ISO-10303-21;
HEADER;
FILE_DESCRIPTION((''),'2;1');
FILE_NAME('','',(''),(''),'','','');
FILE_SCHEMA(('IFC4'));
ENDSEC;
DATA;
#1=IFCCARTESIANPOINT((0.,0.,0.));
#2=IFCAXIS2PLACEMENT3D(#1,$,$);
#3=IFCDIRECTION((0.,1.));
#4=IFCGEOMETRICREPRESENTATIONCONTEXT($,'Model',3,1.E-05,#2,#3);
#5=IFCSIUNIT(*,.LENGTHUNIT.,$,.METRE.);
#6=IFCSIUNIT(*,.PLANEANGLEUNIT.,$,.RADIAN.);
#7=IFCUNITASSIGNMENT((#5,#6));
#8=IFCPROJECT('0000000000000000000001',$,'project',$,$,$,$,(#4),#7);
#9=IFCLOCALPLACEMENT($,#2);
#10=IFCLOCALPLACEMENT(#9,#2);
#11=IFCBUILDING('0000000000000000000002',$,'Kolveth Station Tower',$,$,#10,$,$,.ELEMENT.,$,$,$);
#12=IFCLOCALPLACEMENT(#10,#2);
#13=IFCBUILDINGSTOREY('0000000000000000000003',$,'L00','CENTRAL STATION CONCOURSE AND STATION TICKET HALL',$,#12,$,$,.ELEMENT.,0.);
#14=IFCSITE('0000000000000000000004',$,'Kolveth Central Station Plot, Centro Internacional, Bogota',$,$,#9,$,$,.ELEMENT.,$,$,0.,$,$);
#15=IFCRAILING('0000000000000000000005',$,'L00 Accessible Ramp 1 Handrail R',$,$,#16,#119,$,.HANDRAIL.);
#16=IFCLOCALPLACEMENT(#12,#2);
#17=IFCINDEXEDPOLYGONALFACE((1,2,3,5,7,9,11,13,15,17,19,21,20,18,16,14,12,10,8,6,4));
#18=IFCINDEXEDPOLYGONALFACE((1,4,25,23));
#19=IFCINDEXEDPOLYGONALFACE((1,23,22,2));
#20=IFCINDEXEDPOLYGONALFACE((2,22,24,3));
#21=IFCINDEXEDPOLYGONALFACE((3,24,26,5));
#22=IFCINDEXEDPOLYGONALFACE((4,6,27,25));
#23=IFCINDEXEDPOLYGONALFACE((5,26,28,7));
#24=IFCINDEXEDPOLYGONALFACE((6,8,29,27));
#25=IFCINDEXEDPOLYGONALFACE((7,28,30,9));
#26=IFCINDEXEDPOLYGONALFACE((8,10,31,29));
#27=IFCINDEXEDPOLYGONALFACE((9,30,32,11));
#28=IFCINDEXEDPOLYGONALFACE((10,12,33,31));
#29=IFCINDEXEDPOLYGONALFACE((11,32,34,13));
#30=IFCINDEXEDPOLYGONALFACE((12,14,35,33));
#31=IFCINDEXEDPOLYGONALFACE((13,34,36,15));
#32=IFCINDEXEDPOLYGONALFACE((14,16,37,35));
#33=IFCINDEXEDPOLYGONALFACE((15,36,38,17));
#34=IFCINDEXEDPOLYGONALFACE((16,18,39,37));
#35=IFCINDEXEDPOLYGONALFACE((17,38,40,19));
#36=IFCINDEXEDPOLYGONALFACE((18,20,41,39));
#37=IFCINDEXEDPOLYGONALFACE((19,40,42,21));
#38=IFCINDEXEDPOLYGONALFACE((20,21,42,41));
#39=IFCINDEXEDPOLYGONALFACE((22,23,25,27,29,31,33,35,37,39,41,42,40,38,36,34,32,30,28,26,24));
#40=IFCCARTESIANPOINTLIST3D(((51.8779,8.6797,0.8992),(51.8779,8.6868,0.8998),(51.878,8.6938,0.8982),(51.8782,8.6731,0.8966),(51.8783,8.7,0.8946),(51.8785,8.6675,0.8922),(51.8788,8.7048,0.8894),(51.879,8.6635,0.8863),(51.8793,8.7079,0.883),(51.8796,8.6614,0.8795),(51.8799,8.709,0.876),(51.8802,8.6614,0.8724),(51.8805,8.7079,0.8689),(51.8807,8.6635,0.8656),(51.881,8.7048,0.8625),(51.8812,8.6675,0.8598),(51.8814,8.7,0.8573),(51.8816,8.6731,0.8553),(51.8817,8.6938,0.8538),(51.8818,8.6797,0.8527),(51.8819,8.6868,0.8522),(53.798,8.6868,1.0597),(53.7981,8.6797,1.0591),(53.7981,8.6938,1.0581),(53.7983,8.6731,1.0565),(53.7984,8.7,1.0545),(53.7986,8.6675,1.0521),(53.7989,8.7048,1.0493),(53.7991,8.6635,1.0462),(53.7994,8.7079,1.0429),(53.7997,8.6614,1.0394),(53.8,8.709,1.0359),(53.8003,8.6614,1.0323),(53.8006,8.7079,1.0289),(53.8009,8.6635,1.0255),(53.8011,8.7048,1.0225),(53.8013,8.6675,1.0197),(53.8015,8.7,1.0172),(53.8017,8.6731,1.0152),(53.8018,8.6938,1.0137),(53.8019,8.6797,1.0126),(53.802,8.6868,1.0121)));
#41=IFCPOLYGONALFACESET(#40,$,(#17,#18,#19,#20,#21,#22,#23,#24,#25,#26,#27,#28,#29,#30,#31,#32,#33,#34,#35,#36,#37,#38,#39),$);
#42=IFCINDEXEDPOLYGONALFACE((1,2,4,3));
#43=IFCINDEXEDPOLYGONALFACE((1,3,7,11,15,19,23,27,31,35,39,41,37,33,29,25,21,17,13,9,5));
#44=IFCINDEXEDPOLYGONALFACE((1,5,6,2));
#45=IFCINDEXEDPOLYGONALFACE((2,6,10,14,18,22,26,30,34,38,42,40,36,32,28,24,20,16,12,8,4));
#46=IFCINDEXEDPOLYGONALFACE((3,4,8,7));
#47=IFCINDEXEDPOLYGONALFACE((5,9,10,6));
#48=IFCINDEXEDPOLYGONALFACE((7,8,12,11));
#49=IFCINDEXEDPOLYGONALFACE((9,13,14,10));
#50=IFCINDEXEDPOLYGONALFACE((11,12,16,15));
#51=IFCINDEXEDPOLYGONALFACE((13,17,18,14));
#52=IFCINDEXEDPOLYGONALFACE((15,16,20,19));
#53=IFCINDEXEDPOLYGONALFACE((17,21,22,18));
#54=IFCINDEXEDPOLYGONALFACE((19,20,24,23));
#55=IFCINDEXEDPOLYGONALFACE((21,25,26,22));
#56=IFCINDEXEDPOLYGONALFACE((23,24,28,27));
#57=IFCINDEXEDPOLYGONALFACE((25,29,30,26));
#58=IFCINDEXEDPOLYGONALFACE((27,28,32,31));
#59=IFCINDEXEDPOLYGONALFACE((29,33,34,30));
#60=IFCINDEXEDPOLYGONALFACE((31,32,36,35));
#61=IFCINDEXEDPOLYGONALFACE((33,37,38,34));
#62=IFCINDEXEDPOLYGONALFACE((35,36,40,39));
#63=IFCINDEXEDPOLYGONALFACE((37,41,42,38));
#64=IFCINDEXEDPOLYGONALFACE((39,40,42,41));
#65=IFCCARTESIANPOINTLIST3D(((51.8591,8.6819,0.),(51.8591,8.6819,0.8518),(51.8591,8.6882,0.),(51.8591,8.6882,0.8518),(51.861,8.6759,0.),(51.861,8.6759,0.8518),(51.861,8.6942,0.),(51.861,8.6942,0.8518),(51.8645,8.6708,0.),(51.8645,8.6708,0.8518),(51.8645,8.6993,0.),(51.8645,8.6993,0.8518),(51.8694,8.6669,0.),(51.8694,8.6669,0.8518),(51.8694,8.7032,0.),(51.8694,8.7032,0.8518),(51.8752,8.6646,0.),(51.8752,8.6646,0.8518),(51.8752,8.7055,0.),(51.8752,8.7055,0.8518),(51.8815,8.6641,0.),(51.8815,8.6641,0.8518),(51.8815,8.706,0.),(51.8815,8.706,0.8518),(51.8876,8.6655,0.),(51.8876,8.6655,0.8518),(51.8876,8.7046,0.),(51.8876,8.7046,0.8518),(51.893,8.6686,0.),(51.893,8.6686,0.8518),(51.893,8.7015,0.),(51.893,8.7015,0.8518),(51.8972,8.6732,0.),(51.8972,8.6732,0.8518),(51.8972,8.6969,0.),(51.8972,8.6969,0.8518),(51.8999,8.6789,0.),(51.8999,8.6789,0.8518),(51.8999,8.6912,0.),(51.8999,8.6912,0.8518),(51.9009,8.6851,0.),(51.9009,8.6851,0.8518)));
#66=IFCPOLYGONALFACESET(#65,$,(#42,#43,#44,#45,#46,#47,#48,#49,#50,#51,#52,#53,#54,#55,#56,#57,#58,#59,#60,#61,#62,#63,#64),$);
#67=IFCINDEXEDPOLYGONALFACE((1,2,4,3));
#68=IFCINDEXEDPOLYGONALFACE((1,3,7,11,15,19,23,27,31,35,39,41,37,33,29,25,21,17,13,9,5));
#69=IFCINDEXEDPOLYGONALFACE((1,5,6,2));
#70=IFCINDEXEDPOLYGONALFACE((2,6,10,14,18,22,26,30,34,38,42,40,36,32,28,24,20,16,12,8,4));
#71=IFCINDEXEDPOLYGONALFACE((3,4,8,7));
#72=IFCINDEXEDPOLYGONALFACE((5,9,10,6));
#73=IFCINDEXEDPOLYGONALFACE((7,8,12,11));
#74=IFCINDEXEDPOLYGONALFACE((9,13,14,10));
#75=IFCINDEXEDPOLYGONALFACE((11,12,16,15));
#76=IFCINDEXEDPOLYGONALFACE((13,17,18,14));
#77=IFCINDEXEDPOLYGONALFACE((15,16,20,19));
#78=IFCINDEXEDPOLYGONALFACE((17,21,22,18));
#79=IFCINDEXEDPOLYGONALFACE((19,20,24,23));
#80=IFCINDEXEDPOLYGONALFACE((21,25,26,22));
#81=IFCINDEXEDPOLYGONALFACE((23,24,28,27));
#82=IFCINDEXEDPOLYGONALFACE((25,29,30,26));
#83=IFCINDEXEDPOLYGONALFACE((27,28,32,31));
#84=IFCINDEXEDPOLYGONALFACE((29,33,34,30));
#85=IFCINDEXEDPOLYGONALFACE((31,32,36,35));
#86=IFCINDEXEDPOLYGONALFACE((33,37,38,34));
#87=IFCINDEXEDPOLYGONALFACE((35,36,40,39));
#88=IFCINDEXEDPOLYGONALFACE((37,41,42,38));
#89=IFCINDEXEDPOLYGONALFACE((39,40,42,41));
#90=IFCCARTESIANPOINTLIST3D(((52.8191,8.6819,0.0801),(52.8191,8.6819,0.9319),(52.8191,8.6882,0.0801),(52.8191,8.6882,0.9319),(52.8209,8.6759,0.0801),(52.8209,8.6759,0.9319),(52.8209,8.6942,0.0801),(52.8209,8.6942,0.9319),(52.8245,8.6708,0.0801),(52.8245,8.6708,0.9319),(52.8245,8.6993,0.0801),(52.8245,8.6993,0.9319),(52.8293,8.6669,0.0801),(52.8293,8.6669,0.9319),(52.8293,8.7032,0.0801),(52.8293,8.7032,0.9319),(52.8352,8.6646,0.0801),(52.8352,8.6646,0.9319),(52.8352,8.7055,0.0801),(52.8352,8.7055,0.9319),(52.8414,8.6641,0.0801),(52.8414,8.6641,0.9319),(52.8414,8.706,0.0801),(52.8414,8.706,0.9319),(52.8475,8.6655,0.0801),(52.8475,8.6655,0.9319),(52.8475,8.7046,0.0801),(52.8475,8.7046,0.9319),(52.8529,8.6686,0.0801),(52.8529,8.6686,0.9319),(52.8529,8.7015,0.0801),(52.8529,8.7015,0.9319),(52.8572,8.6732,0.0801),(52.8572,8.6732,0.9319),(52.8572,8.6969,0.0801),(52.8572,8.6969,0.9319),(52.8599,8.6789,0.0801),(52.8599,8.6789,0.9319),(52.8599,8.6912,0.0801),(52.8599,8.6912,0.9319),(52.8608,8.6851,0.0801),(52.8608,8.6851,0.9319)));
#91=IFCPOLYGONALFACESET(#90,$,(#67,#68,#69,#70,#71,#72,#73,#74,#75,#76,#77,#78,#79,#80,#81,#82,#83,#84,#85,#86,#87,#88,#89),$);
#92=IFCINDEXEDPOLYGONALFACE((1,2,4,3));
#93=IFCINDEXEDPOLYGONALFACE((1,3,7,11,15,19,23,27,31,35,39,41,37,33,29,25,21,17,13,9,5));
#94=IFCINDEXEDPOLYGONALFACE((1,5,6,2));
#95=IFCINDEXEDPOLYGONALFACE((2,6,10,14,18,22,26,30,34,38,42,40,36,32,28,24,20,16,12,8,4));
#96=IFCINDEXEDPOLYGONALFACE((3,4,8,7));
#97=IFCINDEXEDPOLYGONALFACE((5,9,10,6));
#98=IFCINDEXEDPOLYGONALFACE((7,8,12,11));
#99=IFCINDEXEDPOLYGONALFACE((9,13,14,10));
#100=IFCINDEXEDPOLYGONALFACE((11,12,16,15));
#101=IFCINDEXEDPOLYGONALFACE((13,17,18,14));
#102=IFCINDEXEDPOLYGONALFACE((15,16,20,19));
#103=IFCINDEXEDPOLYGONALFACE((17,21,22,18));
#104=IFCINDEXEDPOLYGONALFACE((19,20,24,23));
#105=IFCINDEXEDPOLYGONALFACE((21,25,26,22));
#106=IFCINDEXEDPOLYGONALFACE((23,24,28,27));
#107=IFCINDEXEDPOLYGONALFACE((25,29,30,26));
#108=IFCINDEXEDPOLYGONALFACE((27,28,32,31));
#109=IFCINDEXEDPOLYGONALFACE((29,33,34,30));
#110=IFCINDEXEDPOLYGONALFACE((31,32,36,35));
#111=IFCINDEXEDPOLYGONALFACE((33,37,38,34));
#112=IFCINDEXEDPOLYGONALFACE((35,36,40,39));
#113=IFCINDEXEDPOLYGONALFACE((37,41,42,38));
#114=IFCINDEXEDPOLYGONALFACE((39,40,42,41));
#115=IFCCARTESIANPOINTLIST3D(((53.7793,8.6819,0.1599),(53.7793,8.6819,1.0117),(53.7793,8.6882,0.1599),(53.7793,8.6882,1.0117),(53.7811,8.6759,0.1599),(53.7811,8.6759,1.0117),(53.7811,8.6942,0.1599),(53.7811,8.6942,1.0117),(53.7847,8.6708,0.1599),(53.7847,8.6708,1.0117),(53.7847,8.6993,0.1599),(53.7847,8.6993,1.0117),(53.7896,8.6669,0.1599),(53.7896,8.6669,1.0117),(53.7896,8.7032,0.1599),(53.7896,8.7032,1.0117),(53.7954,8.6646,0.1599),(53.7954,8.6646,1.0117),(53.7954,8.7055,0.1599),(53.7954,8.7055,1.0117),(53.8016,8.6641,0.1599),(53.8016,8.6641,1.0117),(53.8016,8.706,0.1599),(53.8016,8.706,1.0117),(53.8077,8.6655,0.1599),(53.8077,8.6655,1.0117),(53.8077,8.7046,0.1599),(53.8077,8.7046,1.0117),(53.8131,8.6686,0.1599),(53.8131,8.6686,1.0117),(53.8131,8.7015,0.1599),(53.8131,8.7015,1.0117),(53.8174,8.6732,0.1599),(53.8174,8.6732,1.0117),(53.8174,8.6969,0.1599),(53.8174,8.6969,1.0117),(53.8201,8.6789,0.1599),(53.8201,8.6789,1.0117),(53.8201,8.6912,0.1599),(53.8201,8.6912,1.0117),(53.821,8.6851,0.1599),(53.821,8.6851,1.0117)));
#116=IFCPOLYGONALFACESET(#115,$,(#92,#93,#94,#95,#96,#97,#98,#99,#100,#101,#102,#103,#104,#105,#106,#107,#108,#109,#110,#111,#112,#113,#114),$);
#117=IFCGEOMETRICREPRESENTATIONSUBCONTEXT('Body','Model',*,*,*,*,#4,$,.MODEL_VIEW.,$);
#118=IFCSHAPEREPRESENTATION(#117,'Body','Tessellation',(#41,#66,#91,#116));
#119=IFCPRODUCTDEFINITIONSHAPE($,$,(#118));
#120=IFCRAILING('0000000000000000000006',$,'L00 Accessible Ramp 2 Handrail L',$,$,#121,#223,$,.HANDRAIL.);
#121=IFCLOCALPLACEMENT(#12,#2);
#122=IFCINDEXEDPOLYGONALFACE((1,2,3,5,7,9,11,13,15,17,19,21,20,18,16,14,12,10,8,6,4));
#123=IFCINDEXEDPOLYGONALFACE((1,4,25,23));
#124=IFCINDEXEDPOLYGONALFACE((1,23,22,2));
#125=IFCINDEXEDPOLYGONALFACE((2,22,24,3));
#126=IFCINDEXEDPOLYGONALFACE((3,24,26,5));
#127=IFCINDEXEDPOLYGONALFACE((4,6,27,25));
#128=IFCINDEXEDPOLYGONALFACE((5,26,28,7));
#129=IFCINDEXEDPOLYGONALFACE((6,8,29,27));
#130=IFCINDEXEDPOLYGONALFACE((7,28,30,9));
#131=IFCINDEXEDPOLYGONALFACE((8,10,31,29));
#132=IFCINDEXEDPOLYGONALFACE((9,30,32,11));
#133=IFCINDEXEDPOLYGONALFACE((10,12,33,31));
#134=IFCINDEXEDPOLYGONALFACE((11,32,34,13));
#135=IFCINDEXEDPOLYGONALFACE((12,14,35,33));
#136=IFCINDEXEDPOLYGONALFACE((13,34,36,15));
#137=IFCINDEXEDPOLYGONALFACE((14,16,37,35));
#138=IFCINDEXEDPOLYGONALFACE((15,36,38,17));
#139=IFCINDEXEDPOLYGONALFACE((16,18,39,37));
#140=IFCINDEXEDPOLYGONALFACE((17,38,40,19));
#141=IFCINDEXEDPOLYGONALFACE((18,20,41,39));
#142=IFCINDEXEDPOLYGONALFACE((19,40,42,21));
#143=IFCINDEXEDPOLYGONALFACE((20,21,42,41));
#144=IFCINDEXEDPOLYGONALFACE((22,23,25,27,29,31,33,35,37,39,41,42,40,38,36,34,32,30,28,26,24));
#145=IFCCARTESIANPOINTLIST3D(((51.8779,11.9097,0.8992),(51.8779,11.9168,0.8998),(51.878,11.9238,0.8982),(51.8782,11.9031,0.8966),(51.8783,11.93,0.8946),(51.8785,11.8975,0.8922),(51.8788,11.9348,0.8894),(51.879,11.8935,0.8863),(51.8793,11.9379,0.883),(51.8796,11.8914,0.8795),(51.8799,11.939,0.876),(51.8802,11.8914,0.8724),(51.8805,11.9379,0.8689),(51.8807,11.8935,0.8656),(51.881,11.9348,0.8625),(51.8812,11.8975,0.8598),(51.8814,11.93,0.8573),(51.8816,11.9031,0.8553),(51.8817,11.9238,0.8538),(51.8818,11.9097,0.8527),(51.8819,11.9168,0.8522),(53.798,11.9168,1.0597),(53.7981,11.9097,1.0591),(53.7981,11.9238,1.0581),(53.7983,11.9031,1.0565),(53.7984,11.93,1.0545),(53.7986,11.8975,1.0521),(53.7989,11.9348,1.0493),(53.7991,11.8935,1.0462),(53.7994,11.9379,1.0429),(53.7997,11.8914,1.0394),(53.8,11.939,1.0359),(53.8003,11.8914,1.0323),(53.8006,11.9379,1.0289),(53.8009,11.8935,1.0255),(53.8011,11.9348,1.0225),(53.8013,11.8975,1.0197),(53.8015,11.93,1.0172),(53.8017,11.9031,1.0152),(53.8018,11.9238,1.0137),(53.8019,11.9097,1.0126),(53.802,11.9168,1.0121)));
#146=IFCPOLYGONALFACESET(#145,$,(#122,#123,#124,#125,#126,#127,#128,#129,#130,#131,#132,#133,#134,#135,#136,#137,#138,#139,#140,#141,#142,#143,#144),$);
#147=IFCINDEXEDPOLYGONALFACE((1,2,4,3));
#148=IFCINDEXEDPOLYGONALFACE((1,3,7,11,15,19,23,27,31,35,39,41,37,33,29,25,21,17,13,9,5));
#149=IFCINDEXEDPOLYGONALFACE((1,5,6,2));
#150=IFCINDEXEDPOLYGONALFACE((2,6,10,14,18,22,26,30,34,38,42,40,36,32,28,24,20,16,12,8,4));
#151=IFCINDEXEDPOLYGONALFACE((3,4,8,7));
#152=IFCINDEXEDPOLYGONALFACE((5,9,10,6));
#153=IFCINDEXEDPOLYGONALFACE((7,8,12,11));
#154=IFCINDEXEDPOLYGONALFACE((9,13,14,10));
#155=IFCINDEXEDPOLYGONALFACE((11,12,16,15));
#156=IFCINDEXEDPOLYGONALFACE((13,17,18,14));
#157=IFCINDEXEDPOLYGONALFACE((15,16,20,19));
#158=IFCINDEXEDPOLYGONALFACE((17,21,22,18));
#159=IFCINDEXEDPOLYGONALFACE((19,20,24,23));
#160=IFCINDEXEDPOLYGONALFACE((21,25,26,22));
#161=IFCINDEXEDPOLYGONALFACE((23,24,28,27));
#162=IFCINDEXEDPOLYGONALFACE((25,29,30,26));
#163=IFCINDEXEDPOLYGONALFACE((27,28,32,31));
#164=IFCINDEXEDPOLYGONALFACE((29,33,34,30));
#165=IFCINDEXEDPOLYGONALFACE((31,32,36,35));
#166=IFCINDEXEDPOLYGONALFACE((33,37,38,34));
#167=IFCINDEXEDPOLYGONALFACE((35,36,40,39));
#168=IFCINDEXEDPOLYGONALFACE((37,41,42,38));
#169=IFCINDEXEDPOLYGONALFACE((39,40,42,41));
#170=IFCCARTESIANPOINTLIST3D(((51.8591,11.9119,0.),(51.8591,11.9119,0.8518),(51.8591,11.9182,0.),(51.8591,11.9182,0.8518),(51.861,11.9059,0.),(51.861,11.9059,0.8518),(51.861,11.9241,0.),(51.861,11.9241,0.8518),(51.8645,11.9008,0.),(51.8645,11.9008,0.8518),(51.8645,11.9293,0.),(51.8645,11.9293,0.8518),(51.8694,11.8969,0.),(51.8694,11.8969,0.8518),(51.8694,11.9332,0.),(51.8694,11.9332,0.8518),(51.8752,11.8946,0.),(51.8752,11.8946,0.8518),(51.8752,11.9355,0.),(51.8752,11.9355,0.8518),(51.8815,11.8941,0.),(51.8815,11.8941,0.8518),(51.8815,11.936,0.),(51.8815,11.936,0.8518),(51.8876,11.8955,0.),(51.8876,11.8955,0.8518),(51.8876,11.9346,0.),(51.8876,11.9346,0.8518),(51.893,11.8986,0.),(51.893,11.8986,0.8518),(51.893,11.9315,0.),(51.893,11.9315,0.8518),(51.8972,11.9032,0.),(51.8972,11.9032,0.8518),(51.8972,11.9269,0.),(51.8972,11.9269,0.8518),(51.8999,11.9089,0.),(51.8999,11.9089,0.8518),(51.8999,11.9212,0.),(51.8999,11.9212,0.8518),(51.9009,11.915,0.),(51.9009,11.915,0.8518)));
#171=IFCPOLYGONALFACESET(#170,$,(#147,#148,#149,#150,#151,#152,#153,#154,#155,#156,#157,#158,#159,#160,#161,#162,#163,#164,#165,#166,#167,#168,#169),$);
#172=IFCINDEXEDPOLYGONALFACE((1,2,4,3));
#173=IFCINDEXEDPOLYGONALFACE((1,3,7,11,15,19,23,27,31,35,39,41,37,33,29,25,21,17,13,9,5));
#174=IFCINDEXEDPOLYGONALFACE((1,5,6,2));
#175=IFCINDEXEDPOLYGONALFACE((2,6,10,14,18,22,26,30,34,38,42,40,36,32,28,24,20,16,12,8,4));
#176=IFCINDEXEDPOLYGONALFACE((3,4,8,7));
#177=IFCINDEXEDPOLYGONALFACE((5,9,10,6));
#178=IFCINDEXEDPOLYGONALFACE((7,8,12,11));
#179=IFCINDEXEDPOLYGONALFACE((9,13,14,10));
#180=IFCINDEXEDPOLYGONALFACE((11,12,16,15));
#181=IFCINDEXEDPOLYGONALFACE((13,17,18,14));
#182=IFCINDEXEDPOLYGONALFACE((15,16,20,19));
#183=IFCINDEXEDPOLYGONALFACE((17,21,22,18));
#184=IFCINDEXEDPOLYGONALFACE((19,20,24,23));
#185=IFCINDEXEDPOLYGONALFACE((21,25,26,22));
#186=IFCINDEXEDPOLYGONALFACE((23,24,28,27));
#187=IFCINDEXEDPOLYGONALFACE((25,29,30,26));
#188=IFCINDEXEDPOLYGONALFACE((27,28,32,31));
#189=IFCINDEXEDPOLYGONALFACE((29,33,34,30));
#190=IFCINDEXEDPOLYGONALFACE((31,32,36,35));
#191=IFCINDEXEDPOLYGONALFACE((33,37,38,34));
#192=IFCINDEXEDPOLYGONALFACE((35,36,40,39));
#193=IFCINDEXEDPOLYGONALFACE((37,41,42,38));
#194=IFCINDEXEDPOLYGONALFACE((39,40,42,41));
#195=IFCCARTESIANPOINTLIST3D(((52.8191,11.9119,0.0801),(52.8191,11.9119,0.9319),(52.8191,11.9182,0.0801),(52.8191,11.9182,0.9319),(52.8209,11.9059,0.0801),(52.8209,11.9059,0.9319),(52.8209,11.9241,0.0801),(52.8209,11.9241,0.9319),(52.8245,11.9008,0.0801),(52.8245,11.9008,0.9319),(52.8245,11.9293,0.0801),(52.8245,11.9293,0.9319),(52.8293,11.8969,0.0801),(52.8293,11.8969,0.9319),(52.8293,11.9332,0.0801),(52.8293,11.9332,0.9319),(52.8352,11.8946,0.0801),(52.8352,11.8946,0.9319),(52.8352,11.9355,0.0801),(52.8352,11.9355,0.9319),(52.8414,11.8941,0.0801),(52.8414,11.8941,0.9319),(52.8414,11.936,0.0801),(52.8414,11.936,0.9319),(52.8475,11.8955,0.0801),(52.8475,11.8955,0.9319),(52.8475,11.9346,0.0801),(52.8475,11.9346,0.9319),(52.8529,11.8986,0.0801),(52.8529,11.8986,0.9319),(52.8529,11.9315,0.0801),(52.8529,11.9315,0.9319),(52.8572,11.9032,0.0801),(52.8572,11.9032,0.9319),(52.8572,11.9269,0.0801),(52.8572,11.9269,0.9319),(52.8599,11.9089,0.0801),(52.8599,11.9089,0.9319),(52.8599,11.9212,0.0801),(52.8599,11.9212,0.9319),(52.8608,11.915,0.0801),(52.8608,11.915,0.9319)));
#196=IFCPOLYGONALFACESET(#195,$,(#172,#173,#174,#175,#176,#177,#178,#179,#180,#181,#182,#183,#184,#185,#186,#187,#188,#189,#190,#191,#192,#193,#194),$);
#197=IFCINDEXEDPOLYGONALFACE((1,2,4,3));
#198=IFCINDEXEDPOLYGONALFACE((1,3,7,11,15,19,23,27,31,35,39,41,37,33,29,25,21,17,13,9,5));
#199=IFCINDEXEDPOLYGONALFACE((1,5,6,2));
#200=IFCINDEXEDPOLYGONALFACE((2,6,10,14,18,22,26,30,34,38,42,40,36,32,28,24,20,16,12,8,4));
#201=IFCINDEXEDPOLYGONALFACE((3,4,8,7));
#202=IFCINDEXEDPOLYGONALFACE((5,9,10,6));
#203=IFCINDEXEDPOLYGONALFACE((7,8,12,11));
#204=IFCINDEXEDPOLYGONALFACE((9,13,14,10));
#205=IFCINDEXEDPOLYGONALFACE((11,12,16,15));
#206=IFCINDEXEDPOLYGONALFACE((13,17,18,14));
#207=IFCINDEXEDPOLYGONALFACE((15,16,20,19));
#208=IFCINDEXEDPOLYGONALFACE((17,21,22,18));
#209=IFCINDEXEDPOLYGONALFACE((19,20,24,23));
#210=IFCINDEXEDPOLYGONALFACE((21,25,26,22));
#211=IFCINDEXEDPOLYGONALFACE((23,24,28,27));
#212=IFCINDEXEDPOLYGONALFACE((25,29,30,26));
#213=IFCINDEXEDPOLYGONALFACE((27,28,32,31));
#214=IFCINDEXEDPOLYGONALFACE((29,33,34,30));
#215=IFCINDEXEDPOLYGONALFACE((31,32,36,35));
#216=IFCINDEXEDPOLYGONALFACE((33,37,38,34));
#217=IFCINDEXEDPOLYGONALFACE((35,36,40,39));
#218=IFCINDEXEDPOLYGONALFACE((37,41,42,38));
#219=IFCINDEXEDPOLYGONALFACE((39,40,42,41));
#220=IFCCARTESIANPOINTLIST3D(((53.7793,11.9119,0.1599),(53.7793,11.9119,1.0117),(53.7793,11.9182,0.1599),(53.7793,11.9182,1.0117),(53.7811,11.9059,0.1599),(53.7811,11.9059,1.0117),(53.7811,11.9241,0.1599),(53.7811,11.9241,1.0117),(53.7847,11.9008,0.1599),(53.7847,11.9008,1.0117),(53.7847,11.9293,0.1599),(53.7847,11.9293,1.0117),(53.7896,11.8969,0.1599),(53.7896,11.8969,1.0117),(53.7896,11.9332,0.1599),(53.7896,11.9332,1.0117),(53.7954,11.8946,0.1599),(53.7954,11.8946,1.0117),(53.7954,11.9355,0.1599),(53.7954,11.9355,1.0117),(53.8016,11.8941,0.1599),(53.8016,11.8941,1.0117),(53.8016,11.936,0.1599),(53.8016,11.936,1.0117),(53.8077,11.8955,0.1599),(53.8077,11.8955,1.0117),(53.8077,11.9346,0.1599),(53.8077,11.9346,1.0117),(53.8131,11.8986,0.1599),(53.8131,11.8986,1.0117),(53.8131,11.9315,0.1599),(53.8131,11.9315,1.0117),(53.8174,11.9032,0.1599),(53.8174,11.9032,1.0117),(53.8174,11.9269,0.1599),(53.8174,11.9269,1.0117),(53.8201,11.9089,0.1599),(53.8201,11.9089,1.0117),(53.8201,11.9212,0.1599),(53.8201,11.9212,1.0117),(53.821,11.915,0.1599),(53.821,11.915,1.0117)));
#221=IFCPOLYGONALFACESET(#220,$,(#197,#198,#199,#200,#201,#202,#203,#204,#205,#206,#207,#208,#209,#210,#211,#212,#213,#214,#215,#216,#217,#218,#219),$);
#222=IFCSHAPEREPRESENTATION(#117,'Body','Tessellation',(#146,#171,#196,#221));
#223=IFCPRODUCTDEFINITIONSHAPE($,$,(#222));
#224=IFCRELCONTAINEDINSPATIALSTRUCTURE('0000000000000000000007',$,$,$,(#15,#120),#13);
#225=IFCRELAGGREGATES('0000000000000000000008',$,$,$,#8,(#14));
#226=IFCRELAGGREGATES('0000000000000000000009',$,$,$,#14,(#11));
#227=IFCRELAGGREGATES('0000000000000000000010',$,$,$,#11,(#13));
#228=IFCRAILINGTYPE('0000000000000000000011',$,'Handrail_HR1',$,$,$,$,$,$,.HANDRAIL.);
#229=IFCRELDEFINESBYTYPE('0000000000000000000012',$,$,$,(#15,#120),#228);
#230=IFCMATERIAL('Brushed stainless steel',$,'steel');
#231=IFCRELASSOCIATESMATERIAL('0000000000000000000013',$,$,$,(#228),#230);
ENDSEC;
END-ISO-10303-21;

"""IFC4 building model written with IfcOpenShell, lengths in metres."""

from ifc_helpers import new_model, si_unit, direction, frame, origin, origin_2d, place, context, subcontext, project, spatial, circle, extrude, material, type_object, element, save


model = new_model("IFC4")

# Units and contexts
model_context = context("Model", 3, precision=1e-05, world=origin(), true_north=direction((0.0, 1.0)))
body_context = subcontext(model_context, "Body", "Model", "MODEL_VIEW")
ifc_project = project(units=[si_unit("LENGTHUNIT", "METRE"), si_unit("PLANEANGLEUNIT", "RADIAN")], contexts=[model_context])

# Site, building, storey
site_placement = place(None, origin())
site = spatial("IfcSite", under=ifc_project, at=site_placement, Name="Kolveth Central Station Plot, Centro Internacional, Bogota", CompositionType="ELEMENT", RefElevation=0.0)
building_placement = place(site_placement, origin())
building = spatial("IfcBuilding", under=site, at=building_placement, Name="Kolveth Station Tower", CompositionType="ELEMENT")
storey_placement = place(building_placement, origin())
storey = spatial("IfcBuildingStorey", under=building, at=storey_placement, Name="L00", Description="CENTRAL STATION CONCOURSE AND STATION TICKET HALL", CompositionType="ELEMENT", Elevation=0.0)

# Railings
ifc_material_1 = material(Name="Brushed stainless steel", Category="steel")
railing_type_1 = type_object("IfcRailingType", Name="Handrail_HR1", PredefinedType="HANDRAIL", material=ifc_material_1)
for number, where, name in (
    (1, (51.8799, 8.6851, 0.0), "L00 Accessible Ramp 1 Handrail R"),
    (2, (51.8799, 11.915, 0.0), "L00 Accessible Ramp 2 Handrail L"),
):
    element("IfcRailing", number, at=place(storey_placement, frame(where)), inside=storey, type_object=railing_type_1, Name=name, PredefinedType="HANDRAIL", context=body_context, shape_type="SweptSolid", body=[
        extrude(circle(Radius=0.0239, at=origin_2d()), frame((0.0, 0.0, 0.876), z_axis=(0.99655, 0.0, 0.082993), x_axis=(0.0, 1.0, 0.0)), (0.0, 0.0, 1.0), 1.9268),
        extrude(circle(Radius=0.021, at=origin_2d()), origin(), (0.0, 0.0, 1.0), 0.8518),
        extrude(circle(Radius=0.021, at=origin_2d()), frame((0.96, 0.0, 0.0801)), (0.0, 0.0, 1.0), 0.8518),
        extrude(circle(Radius=0.021, at=origin_2d()), frame((1.9202, 0.0, 0.1599)), (0.0, 0.0, 1.0), 0.8518),
    ])

save(model, "model.ifc")
